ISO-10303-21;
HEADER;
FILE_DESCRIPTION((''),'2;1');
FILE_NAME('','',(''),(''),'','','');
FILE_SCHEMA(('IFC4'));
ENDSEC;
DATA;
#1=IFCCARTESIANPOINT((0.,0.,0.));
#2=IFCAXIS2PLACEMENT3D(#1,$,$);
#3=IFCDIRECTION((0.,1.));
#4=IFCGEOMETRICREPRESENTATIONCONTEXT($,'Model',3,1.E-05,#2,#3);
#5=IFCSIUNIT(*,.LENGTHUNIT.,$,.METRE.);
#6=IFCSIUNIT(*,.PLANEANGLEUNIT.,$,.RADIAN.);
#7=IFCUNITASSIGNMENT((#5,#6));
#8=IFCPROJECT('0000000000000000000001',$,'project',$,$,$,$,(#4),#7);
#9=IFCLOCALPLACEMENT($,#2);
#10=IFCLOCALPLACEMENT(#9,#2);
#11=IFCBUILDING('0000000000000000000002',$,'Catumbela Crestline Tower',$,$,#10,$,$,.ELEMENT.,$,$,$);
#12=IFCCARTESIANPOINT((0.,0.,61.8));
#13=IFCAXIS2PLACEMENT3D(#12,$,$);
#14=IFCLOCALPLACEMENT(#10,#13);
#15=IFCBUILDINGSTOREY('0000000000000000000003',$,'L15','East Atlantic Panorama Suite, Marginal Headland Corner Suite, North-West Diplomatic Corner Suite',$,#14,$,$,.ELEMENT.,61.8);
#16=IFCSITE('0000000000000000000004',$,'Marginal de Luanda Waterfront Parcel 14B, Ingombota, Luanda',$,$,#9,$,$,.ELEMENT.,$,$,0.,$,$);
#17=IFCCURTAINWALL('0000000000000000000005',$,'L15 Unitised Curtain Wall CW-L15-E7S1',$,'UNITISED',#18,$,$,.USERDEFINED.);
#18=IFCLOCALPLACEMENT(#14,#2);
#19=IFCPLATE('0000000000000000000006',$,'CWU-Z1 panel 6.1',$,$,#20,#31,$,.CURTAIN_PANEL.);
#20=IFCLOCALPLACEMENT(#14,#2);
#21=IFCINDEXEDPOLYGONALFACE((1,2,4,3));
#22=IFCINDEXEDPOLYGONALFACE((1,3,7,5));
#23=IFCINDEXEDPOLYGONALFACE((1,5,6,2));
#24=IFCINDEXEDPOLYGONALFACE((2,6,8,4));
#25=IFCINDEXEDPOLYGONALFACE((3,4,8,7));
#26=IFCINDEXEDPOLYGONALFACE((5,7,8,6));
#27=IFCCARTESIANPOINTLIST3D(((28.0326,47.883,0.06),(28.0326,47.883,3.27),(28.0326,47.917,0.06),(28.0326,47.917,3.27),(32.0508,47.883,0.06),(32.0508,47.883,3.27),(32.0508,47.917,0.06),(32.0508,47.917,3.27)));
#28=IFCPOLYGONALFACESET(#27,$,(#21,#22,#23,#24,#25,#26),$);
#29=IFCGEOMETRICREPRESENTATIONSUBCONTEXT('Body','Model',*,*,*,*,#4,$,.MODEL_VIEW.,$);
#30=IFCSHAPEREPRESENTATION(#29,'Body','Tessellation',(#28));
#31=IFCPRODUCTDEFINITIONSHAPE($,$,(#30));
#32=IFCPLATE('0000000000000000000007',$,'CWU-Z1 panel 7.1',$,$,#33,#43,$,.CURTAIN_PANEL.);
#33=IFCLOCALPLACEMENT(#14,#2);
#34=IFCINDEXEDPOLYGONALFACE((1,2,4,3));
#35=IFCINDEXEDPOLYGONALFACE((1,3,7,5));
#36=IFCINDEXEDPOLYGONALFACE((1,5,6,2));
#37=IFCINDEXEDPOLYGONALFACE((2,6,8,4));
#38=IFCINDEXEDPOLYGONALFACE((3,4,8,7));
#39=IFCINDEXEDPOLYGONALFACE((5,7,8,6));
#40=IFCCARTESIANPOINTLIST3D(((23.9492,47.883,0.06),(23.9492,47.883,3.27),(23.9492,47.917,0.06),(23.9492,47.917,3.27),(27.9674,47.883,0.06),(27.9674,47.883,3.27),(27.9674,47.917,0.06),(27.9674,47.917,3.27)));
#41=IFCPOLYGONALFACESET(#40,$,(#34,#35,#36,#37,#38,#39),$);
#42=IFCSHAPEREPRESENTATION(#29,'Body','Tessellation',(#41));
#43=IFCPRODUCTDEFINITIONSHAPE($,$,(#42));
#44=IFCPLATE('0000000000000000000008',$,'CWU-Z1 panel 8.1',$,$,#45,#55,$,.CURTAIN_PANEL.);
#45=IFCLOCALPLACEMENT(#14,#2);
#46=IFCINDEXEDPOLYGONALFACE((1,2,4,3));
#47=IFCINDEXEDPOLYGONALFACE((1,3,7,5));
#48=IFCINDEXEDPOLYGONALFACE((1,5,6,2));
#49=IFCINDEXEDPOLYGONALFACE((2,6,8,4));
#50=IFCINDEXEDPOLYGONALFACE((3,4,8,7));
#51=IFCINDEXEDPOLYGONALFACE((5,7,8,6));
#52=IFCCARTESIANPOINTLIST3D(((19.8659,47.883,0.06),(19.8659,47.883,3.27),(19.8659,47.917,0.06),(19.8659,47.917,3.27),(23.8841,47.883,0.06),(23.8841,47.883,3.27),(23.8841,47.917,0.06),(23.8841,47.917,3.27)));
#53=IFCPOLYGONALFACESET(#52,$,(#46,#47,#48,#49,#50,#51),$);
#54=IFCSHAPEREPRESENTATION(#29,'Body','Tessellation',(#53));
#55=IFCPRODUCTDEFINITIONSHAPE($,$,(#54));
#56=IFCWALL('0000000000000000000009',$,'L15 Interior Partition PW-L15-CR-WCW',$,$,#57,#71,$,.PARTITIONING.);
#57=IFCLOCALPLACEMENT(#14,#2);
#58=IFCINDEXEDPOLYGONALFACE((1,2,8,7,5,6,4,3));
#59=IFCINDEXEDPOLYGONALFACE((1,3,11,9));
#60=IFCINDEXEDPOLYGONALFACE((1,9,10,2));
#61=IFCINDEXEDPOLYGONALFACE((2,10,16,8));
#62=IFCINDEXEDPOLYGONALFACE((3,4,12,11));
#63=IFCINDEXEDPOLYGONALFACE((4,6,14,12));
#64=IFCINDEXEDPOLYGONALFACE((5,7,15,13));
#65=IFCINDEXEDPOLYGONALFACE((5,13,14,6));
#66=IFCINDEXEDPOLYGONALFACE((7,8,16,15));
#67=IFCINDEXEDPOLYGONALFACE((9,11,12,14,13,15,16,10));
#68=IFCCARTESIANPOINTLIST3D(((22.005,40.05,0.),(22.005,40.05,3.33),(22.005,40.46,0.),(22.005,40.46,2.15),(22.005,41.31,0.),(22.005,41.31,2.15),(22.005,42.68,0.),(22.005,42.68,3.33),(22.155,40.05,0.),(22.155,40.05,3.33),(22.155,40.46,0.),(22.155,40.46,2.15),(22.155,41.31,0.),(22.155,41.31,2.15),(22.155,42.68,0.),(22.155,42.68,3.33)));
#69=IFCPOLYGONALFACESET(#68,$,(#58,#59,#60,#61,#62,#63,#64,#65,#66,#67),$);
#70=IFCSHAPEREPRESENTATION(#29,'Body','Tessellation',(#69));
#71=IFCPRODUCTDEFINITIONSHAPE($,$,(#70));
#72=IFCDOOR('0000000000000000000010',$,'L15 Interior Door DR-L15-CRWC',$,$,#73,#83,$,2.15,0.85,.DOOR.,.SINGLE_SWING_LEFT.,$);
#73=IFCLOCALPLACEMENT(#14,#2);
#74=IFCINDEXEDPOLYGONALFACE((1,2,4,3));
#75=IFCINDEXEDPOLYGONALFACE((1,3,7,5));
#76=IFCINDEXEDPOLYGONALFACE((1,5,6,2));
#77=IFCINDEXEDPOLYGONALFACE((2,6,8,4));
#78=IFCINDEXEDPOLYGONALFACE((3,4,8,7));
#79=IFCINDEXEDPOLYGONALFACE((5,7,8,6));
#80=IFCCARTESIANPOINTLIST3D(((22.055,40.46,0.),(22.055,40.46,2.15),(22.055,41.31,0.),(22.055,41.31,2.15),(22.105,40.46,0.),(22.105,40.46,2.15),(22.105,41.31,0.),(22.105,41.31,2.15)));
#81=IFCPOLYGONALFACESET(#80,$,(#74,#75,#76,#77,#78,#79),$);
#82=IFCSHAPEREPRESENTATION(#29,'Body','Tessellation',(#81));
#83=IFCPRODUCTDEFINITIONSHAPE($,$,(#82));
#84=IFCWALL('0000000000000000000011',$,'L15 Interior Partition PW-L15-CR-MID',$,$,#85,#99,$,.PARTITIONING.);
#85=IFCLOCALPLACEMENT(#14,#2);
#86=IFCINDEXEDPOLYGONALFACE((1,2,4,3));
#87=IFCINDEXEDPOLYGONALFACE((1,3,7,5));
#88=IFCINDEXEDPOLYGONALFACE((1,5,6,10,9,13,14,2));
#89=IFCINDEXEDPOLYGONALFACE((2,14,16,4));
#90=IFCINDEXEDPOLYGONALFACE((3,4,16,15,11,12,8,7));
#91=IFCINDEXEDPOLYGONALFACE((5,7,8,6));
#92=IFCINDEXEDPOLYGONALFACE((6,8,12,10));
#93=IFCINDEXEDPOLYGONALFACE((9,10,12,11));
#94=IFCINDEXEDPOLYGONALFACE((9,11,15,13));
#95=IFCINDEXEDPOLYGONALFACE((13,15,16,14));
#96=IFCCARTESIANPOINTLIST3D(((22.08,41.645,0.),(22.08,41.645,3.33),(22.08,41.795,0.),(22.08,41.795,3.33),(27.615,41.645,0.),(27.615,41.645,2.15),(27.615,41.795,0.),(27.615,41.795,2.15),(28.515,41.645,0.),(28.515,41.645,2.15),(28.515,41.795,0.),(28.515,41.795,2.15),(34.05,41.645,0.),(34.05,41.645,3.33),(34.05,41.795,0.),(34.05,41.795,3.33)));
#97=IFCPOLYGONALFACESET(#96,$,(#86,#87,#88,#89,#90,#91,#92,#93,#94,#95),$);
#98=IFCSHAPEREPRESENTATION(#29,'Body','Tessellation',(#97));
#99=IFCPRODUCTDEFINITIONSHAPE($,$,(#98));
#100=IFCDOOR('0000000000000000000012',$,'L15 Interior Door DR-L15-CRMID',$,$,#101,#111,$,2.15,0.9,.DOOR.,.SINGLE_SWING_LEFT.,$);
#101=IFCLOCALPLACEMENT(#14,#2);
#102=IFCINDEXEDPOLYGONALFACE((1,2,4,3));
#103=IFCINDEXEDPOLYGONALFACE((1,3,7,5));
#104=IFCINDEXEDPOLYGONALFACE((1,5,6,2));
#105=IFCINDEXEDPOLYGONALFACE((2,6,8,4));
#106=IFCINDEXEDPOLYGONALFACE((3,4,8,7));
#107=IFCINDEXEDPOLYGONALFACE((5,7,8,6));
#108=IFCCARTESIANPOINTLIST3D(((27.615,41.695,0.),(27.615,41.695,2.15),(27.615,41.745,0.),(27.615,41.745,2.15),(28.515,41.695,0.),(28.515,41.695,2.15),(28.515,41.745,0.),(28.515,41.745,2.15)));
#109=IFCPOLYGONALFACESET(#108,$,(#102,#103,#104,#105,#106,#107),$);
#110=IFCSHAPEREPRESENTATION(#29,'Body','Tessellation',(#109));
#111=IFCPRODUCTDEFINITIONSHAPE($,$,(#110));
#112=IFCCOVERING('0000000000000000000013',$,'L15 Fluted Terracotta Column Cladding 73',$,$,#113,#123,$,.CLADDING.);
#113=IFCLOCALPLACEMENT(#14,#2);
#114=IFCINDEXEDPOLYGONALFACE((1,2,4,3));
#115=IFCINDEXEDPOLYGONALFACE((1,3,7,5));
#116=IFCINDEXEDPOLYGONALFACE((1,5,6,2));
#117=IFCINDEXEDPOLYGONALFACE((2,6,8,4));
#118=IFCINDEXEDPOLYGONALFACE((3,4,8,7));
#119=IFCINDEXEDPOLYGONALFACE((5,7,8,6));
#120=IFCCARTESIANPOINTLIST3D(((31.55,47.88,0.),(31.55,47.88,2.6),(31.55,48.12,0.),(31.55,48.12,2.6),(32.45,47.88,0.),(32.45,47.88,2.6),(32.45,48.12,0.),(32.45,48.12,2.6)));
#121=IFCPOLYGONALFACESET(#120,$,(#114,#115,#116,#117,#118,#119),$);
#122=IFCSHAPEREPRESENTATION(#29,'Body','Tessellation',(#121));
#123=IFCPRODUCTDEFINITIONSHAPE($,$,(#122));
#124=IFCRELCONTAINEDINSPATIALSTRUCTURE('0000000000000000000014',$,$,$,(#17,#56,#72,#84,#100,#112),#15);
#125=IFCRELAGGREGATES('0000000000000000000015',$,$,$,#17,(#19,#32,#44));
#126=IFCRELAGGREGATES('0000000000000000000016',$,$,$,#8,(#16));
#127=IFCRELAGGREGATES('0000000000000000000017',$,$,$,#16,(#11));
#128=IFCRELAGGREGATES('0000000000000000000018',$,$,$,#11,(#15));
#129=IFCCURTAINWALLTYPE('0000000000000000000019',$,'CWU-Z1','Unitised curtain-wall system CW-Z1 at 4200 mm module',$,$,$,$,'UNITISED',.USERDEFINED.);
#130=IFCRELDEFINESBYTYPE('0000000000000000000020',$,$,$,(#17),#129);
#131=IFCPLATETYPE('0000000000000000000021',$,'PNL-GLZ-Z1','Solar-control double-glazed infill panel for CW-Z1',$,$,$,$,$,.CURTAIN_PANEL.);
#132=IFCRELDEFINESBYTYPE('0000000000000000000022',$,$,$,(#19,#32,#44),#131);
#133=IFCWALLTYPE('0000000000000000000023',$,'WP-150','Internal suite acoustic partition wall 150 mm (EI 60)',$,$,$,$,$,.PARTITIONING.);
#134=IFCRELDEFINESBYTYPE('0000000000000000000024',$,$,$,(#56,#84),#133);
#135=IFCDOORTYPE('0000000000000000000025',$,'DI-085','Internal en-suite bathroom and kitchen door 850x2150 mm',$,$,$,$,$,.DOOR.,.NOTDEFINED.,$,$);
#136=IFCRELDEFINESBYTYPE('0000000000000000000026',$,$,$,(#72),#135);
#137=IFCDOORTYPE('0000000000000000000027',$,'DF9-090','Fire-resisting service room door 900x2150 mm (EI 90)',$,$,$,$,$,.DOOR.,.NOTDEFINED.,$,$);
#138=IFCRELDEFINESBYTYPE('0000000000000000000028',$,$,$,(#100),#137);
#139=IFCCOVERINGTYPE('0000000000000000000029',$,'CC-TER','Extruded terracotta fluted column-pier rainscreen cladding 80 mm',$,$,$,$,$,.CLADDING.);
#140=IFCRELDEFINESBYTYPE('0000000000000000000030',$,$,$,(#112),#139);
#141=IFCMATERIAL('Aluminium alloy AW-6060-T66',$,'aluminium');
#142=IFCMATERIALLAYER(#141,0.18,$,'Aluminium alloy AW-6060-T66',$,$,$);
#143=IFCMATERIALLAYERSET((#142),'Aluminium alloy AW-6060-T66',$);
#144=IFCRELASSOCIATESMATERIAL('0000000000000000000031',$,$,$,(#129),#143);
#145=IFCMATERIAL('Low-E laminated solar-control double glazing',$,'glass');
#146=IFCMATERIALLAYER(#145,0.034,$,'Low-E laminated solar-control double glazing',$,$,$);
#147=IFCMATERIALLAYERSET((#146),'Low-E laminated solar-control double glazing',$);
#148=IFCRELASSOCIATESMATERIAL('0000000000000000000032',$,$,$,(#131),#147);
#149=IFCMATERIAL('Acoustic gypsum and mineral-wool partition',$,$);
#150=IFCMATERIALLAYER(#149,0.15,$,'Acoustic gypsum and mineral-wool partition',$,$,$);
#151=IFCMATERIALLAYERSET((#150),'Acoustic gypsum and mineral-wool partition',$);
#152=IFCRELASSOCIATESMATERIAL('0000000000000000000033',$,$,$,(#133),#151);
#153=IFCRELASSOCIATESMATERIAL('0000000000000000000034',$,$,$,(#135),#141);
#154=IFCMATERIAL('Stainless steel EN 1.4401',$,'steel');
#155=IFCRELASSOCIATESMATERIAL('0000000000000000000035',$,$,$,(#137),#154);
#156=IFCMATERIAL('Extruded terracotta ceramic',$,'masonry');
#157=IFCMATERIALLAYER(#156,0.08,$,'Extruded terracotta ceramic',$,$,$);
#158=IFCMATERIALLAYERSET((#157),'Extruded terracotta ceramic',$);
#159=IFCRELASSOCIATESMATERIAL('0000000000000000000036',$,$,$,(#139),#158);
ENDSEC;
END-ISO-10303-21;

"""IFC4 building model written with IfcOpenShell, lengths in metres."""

from ifc_helpers import new_model, si_unit, direction, frame, frame_2d, origin, origin_2d, place, context, subcontext, project, spatial, rectangle, extrude, material, layer, layer_set, type_object, element, fill, aggregate, save


model = new_model("IFC4")

# Units and contexts
model_context = context("Model", 3, precision=1e-05, world=origin(), true_north=direction((0.0, 1.0)))
body_context = subcontext(model_context, "Body", "Model", "MODEL_VIEW")
ifc_project = project(units=[si_unit("LENGTHUNIT", "METRE"), si_unit("PLANEANGLEUNIT", "RADIAN")], contexts=[model_context])

# Site, building, storey
site_placement = place(None, origin())
site = spatial("IfcSite", under=ifc_project, at=site_placement, Name="Marginal de Luanda Waterfront Parcel 14B, Ingombota, Luanda", CompositionType="ELEMENT", RefElevation=0.0)
building_placement = place(site_placement, origin())
building = spatial("IfcBuilding", under=site, at=building_placement, Name="Catumbela Crestline Tower", CompositionType="ELEMENT")
storey_placement = place(building_placement, frame((0.0, 0.0, 61.8)))
storey = spatial("IfcBuildingStorey", under=building, at=storey_placement, Name="L15", Description="East Atlantic Panorama Suite, Marginal Headland Corner Suite, North-West Diplomatic Corner Suite", CompositionType="ELEMENT", Elevation=61.8)

# Curtain wall, plates
ifc_material_1 = material(Name="Aluminium alloy AW-6060-T66", Category="aluminium")
ifc_layer_1 = layer(ifc_material_1, 0.18, Name="Aluminium alloy AW-6060-T66")
ifc_layer_set_1 = layer_set([ifc_layer_1], Name="Aluminium alloy AW-6060-T66")
curtain_wall_type = type_object("IfcCurtainWallType", Name="CWU-Z1", Description="Unitised curtain-wall system CW-Z1 at 4200 mm module", ElementType="UNITISED", PredefinedType="USERDEFINED", material=ifc_layer_set_1)
curtain_wall_placement = place(storey_placement, origin())
curtain_wall = element("IfcCurtainWall", 1, at=curtain_wall_placement, inside=storey, type_object=curtain_wall_type, Name="L15 Unitised Curtain Wall CW-L15-E7S1", ObjectType="UNITISED", PredefinedType="USERDEFINED")
ifc_material_2 = material(Name="Low-E laminated solar-control double glazing", Category="glass")
ifc_layer_2 = layer(ifc_material_2, 0.034, Name="Low-E laminated solar-control double glazing")
ifc_layer_set_2 = layer_set([ifc_layer_2], Name="Low-E laminated solar-control double glazing")
plate_type = type_object("IfcPlateType", Name="PNL-GLZ-Z1", Description="Solar-control double-glazed infill panel for CW-Z1", PredefinedType="CURTAIN_PANEL", material=ifc_layer_set_2)
plate_1_placement = place(storey_placement, frame((30.0417, 47.9, 0.06), z_axis=(0.0, 0.0, 1.0), x_axis=(-1.0, 0.0, 0.0)))
plate_1 = element("IfcPlate", 2, at=plate_1_placement, type_object=plate_type, Name="CWU-Z1 panel 6.1", PredefinedType="CURTAIN_PANEL", context=body_context, shape_type="SweptSolid", body=[
    extrude(rectangle(XDim=4.0183, YDim=0.034, at=origin_2d()), origin(), (0.0, 0.0, 1.0), 3.21),
])
plate_2_placement = place(storey_placement, frame((25.9583, 47.9, 0.06), z_axis=(0.0, 0.0, 1.0), x_axis=(-1.0, 0.0, 0.0)))
plate_2 = element("IfcPlate", 3, at=plate_2_placement, type_object=plate_type, Name="CWU-Z1 panel 7.1", PredefinedType="CURTAIN_PANEL", context=body_context, shape_type="SweptSolid", body=[
    extrude(rectangle(XDim=4.0183, YDim=0.034, at=origin_2d()), origin(), (0.0, 0.0, 1.0), 3.21),
])
plate_3_placement = place(storey_placement, frame((21.875, 47.9, 0.06), z_axis=(0.0, 0.0, 1.0), x_axis=(-1.0, 0.0, 0.0)))
plate_3 = element("IfcPlate", 4, at=plate_3_placement, type_object=plate_type, Name="CWU-Z1 panel 8.1", PredefinedType="CURTAIN_PANEL", context=body_context, shape_type="SweptSolid", body=[
    extrude(rectangle(XDim=4.0183, YDim=0.034, at=origin_2d()), origin(), (0.0, 0.0, 1.0), 3.21),
])
aggregate(curtain_wall, [plate_1, plate_2, plate_3])

# Walls, openings, doors
ifc_material_3 = material(Name="Acoustic gypsum and mineral-wool partition")
ifc_layer_3 = layer(ifc_material_3, 0.15, Name="Acoustic gypsum and mineral-wool partition")
ifc_layer_set_3 = layer_set([ifc_layer_3], Name="Acoustic gypsum and mineral-wool partition")
wall_type = type_object("IfcWallType", Name="WP-150", Description="Internal suite acoustic partition wall 150 mm (EI 60)", PredefinedType="PARTITIONING", material=ifc_layer_set_3)
wall_1_placement = place(storey_placement, frame((22.08, 40.05, 0.0), z_axis=(0.0, 0.0, 1.0), x_axis=(0.0, 1.0, 0.0)))
wall_1 = element("IfcWall", 5, at=wall_1_placement, inside=storey, type_object=wall_type, Name="L15 Interior Partition PW-L15-CR-WCW", PredefinedType="PARTITIONING", context=body_context, shape_type="SweptSolid", body=[
    extrude(rectangle(XDim=2.63, YDim=0.15, at=frame_2d((1.315, 0.0))), origin(), (0.0, 0.0, 1.0), 3.33),
])
opening_1_placement = place(wall_1_placement, frame((0.41, 0.0, 0.0)))
opening_1 = element("IfcOpeningElement", 6, at=opening_1_placement, cuts=wall_1, PredefinedType="OPENING", context=body_context, shape_type="SweptSolid", body=[
    extrude(rectangle(XDim=0.85, YDim=2.15, at=frame_2d((0.425, 1.075))), frame((0.0, 0.085, 0.0), z_axis=(0.0, -1.0, 0.0), x_axis=(1.0, 0.0, 0.0)), (0.0, 0.0, 1.0), 0.17),
])
door_type_1 = type_object("IfcDoorType", Name="DI-085", Description="Internal en-suite bathroom and kitchen door 850x2150 mm", OperationType="NOTDEFINED", PredefinedType="DOOR", material=ifc_material_1)
door_1_placement = place(opening_1_placement, origin())
door_1 = element("IfcDoor", 7, at=door_1_placement, inside=storey, type_object=door_type_1, Name="L15 Interior Door DR-L15-CRWC", OperationType="SINGLE_SWING_LEFT", OverallHeight=2.15, OverallWidth=0.85, PredefinedType="DOOR", context=body_context, shape_type="SweptSolid", body=[
    extrude(rectangle(XDim=0.85, YDim=2.15, at=frame_2d((0.425, 1.075))), frame((0.0, 0.025, 0.0), z_axis=(0.0, -1.0, 0.0), x_axis=(1.0, 0.0, 0.0)), (0.0, 0.0, 1.0), 0.05),
])
fill(opening_1, door_1)
wall_2_placement = place(storey_placement, frame((22.08, 41.72, 0.0), z_axis=(0.0, 0.0, 1.0), x_axis=(1.0, 0.0, 0.0)))
wall_2 = element("IfcWall", 8, at=wall_2_placement, inside=storey, type_object=wall_type, Name="L15 Interior Partition PW-L15-CR-MID", PredefinedType="PARTITIONING", context=body_context, shape_type="SweptSolid", body=[
    extrude(rectangle(XDim=11.97, YDim=0.15, at=frame_2d((5.985, 0.0))), origin(), (0.0, 0.0, 1.0), 3.33),
])
opening_2_placement = place(wall_2_placement, frame((5.535, 0.0, 0.0)))
opening_2 = element("IfcOpeningElement", 9, at=opening_2_placement, cuts=wall_2, PredefinedType="OPENING", context=body_context, shape_type="SweptSolid", body=[
    extrude(rectangle(XDim=0.9, YDim=2.15, at=frame_2d((0.45, 1.075))), frame((0.0, 0.085, 0.0), z_axis=(0.0, -1.0, 0.0), x_axis=(1.0, 0.0, 0.0)), (0.0, 0.0, 1.0), 0.17),
])
ifc_material_4 = material(Name="Stainless steel EN 1.4401", Category="steel")
door_type_2 = type_object("IfcDoorType", Name="DF9-090", Description="Fire-resisting service room door 900x2150 mm (EI 90)", OperationType="NOTDEFINED", PredefinedType="DOOR", material=ifc_material_4)
door_2_placement = place(opening_2_placement, origin())
door_2 = element("IfcDoor", 10, at=door_2_placement, inside=storey, type_object=door_type_2, Name="L15 Interior Door DR-L15-CRMID", OperationType="SINGLE_SWING_LEFT", OverallHeight=2.15, OverallWidth=0.9, PredefinedType="DOOR", context=body_context, shape_type="SweptSolid", body=[
    extrude(rectangle(XDim=0.9, YDim=2.15, at=frame_2d((0.45, 1.075))), frame((0.0, 0.025, 0.0), z_axis=(0.0, -1.0, 0.0), x_axis=(1.0, 0.0, 0.0)), (0.0, 0.0, 1.0), 0.05),
])
fill(opening_2, door_2)

# Covering
ifc_material_5 = material(Name="Extruded terracotta ceramic", Category="masonry")
ifc_layer_4 = layer(ifc_material_5, 0.08, Name="Extruded terracotta ceramic")
ifc_layer_set_4 = layer_set([ifc_layer_4], Name="Extruded terracotta ceramic")
covering_type = type_object("IfcCoveringType", Name="CC-TER", Description="Extruded terracotta fluted column-pier rainscreen cladding 80 mm", PredefinedType="CLADDING", material=ifc_layer_set_4)
covering_placement = place(storey_placement, frame((32.0, 48.0, 0.0), z_axis=(0.0, 0.0, 1.0), x_axis=(-1.0, 0.0, 0.0)))
element("IfcCovering", 11, at=covering_placement, inside=storey, type_object=covering_type, Name="L15 Fluted Terracotta Column Cladding 73", PredefinedType="CLADDING", context=body_context, shape_type="SweptSolid", body=[
    extrude(rectangle(XDim=0.9, YDim=0.24, at=origin_2d()), origin(), (0.0, 0.0, 1.0), 2.6),
])

save(model, "model.ifc")
